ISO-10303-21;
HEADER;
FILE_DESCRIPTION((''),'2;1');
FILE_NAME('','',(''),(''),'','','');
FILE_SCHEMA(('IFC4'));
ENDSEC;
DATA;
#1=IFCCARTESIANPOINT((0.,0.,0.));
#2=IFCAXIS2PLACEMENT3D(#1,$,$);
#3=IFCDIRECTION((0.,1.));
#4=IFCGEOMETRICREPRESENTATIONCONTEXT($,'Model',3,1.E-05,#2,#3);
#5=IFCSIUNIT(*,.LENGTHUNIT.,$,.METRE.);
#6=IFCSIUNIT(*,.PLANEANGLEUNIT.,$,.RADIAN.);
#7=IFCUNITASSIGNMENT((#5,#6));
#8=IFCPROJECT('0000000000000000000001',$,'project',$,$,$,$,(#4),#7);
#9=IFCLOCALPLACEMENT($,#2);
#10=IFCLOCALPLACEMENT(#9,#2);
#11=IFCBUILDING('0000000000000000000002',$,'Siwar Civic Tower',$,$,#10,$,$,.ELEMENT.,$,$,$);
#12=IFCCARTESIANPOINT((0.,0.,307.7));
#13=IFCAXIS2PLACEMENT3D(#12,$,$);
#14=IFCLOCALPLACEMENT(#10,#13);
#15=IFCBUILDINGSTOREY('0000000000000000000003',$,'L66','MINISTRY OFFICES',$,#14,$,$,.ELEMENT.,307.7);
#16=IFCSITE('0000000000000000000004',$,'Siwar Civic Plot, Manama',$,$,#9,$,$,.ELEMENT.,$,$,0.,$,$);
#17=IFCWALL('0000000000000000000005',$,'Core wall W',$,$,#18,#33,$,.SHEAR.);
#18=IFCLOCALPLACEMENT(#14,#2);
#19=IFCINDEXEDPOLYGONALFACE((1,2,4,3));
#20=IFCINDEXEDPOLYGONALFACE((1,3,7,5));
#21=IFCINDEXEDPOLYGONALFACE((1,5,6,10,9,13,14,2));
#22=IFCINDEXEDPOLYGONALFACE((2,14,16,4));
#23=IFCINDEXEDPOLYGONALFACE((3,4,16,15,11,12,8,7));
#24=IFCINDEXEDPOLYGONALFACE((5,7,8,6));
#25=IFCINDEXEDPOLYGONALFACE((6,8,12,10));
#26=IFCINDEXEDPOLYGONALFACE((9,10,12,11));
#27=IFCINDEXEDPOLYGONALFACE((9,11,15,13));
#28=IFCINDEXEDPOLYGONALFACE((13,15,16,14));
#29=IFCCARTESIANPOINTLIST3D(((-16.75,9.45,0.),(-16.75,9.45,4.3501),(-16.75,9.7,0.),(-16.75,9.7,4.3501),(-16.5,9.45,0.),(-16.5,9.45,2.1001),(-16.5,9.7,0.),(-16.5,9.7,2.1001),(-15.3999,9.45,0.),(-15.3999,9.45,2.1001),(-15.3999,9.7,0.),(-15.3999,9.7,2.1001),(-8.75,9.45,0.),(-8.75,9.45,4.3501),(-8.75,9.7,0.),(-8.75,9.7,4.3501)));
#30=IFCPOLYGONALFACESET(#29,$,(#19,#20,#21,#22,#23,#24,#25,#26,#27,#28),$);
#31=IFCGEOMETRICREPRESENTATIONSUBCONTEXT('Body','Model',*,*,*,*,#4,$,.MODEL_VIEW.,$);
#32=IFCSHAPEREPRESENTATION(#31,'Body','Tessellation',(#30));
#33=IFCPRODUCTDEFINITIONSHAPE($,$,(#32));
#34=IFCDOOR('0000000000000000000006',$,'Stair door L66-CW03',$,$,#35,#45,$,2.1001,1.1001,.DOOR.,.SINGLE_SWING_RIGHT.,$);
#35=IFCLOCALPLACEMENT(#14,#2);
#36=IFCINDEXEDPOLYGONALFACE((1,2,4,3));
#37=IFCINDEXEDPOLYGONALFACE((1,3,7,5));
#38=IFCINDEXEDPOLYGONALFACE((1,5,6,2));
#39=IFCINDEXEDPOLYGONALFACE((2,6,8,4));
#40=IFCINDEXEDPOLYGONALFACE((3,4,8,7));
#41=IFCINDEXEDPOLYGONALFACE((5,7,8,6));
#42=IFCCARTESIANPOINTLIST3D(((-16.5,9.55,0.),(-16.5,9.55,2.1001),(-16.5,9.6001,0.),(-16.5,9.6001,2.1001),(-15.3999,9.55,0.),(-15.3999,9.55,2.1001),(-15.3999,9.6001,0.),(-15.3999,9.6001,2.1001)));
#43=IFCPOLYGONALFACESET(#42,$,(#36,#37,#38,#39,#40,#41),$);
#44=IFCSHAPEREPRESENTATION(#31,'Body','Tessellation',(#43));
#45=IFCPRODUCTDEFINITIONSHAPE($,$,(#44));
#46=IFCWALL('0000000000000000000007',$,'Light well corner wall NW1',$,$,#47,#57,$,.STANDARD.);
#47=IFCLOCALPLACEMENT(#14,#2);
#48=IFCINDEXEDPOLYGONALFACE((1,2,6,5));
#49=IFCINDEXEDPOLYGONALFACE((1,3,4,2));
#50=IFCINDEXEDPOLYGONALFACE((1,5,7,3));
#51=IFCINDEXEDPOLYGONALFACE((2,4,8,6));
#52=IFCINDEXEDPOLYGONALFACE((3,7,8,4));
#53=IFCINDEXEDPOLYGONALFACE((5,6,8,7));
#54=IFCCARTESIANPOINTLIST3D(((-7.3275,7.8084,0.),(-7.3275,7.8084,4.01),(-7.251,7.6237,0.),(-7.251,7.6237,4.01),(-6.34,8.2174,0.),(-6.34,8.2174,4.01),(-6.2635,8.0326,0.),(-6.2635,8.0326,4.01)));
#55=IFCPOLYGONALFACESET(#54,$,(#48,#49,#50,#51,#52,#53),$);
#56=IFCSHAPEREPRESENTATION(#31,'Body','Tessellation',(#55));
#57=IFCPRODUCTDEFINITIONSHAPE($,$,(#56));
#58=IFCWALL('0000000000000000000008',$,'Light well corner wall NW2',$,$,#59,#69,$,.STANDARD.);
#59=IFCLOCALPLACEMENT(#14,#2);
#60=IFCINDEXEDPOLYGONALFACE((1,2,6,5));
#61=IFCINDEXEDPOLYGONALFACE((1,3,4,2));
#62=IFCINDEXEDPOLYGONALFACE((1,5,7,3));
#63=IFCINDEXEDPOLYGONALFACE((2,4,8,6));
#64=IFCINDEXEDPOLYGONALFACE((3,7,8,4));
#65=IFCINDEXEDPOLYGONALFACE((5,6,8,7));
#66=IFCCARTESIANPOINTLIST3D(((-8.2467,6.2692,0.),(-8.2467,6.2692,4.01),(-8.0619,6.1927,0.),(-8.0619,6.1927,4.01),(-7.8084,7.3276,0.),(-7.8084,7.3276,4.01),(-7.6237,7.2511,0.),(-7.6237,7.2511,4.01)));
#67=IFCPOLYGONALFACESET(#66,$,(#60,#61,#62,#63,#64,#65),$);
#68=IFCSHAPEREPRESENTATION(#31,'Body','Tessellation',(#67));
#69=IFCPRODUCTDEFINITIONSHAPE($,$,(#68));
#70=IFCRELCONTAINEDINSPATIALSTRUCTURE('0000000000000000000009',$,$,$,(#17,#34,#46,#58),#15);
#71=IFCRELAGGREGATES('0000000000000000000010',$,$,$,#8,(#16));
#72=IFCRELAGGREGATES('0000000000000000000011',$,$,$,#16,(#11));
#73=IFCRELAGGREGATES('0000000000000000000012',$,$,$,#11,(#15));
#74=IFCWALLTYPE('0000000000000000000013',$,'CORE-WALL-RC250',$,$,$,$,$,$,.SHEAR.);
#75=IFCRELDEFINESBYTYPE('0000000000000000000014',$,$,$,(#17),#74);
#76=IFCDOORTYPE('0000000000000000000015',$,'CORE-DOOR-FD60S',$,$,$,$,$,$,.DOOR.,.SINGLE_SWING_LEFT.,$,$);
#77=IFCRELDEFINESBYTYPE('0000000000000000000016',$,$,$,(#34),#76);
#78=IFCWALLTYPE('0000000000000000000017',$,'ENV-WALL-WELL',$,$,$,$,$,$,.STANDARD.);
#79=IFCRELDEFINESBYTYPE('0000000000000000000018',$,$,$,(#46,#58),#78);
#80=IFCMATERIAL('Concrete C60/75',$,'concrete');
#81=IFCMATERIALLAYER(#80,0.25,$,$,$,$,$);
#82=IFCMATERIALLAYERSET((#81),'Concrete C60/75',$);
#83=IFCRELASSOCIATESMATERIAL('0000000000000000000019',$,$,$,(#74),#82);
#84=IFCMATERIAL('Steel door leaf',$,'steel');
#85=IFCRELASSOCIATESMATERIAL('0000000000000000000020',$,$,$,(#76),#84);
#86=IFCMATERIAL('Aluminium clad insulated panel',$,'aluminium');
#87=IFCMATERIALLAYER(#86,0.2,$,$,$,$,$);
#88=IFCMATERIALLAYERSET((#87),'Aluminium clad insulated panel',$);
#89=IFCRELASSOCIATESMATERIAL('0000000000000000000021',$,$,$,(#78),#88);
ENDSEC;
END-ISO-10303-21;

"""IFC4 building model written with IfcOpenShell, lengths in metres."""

from ifc_helpers import new_model, si_unit, direction, frame, frame_2d, origin, place, context, subcontext, project, spatial, rectangle, extrude, material, layer, layer_set, type_object, element, fill, save


model = new_model("IFC4")

# Units and contexts
model_context = context("Model", 3, precision=1e-05, world=origin(), true_north=direction((0.0, 1.0)))
body_context = subcontext(model_context, "Body", "Model", "MODEL_VIEW")
ifc_project = project(units=[si_unit("LENGTHUNIT", "METRE"), si_unit("PLANEANGLEUNIT", "RADIAN")], contexts=[model_context])

# Site, building, storey
site_placement = place(None, origin())
site = spatial("IfcSite", under=ifc_project, at=site_placement, Name="Siwar Civic Plot, Manama", CompositionType="ELEMENT", RefElevation=0.0)
building_placement = place(site_placement, origin())
building = spatial("IfcBuilding", under=site, at=building_placement, Name="Siwar Civic Tower", CompositionType="ELEMENT")
storey_placement = place(building_placement, frame((0.0, 0.0, 307.7)))
storey = spatial("IfcBuildingStorey", under=building, at=storey_placement, Name="L66", Description="MINISTRY OFFICES", CompositionType="ELEMENT", Elevation=307.7)

# Shared definitions
ifc_material_1 = material(Name="Concrete C60/75", Category="concrete")
ifc_layer_1 = layer(ifc_material_1, 0.25)
ifc_layer_set_1 = layer_set([ifc_layer_1], Name="Concrete C60/75")
wall_type_1 = type_object("IfcWallType", Name="CORE-WALL-RC250", PredefinedType="SHEAR", material=ifc_layer_set_1)

# Wall, opening, door
wall_1_placement = place(storey_placement, frame((-8.75, 9.575, 0.0), z_axis=(0.0, 0.0, 1.0), x_axis=(-1.0, 0.0, 0.0)))
wall_1 = element("IfcWall", 1, at=wall_1_placement, inside=storey, type_object=wall_type_1, Name="Core wall W", PredefinedType="SHEAR", context=body_context, shape_type="SweptSolid", body=[
    extrude(rectangle(XDim=8.0, YDim=0.25, at=frame_2d((4.0, 0.0))), origin(), (0.0, 0.0, 1.0), 4.3501),
])
opening_1_placement = place(wall_1_placement, frame((6.6499, 0.0, 0.0)))
opening_1 = element("IfcOpeningElement", 2, at=opening_1_placement, cuts=wall_1, PredefinedType="OPENING", context=body_context, shape_type="SweptSolid", body=[
    extrude(rectangle(XDim=1.1001, YDim=2.1001, at=frame_2d((0.55, 1.05))), frame((0.0, 0.135, 0.0), z_axis=(0.0, -1.0, 0.0), x_axis=(1.0, 0.0, 0.0)), (0.0, 0.0, 1.0), 0.27),
])
ifc_material_2 = material(Name="Steel door leaf", Category="steel")
door_type_1 = type_object("IfcDoorType", Name="CORE-DOOR-FD60S", OperationType="SINGLE_SWING_LEFT", PredefinedType="DOOR", material=ifc_material_2)
door_1_placement = place(opening_1_placement, origin())
door_1 = element("IfcDoor", 3, at=door_1_placement, inside=storey, type_object=door_type_1, Name="Stair door L66-CW03", OperationType="SINGLE_SWING_RIGHT", OverallHeight=2.1001, OverallWidth=1.1001, PredefinedType="DOOR", context=body_context, shape_type="SweptSolid", body=[
    extrude(rectangle(XDim=1.1001, YDim=2.1001, at=frame_2d((0.55, 1.05))), frame((0.0, 0.0249, 0.0), z_axis=(0.0, -1.0, 0.0), x_axis=(1.0, 0.0, 0.0)), (0.0, 0.0, 1.0), 0.05),
])
fill(opening_1, door_1)

# Walls
ifc_material_3 = material(Name="Aluminium clad insulated panel", Category="aluminium")
ifc_layer_2 = layer(ifc_material_3, 0.2)
ifc_layer_set_2 = layer_set([ifc_layer_2], Name="Aluminium clad insulated panel")
wall_type_2 = type_object("IfcWallType", Name="ENV-WALL-WELL", PredefinedType="STANDARD", material=ifc_layer_set_2)
wall_2_placement = place(storey_placement, frame((-6.3018, 8.125, 0.0), z_axis=(0.0, 0.0, 1.0), x_axis=(-0.923919, -0.382587, 0.0)))
element("IfcWall", 4, at=wall_2_placement, inside=storey, type_object=wall_type_2, Name="Light well corner wall NW1", PredefinedType="STANDARD", context=body_context, shape_type="SweptSolid", body=[
    extrude(rectangle(XDim=1.0688, YDim=0.2, at=frame_2d((0.5344, 0.0))), origin(), (0.0, 0.0, 1.0), 4.01),
])
wall_3_placement = place(storey_placement, frame((-7.7161, 7.2893, 0.0), z_axis=(0.0, 0.0, 1.0), x_axis=(-0.382571, -0.923926, 0.0)))
element("IfcWall", 5, at=wall_3_placement, inside=storey, type_object=wall_type_2, Name="Light well corner wall NW2", PredefinedType="STANDARD", context=body_context, shape_type="SweptSolid", body=[
    extrude(rectangle(XDim=1.1455, YDim=0.2, at=frame_2d((0.5728, 0.0))), origin(), (0.0, 0.0, 1.0), 4.01),
])

save(model, "model.ifc")
